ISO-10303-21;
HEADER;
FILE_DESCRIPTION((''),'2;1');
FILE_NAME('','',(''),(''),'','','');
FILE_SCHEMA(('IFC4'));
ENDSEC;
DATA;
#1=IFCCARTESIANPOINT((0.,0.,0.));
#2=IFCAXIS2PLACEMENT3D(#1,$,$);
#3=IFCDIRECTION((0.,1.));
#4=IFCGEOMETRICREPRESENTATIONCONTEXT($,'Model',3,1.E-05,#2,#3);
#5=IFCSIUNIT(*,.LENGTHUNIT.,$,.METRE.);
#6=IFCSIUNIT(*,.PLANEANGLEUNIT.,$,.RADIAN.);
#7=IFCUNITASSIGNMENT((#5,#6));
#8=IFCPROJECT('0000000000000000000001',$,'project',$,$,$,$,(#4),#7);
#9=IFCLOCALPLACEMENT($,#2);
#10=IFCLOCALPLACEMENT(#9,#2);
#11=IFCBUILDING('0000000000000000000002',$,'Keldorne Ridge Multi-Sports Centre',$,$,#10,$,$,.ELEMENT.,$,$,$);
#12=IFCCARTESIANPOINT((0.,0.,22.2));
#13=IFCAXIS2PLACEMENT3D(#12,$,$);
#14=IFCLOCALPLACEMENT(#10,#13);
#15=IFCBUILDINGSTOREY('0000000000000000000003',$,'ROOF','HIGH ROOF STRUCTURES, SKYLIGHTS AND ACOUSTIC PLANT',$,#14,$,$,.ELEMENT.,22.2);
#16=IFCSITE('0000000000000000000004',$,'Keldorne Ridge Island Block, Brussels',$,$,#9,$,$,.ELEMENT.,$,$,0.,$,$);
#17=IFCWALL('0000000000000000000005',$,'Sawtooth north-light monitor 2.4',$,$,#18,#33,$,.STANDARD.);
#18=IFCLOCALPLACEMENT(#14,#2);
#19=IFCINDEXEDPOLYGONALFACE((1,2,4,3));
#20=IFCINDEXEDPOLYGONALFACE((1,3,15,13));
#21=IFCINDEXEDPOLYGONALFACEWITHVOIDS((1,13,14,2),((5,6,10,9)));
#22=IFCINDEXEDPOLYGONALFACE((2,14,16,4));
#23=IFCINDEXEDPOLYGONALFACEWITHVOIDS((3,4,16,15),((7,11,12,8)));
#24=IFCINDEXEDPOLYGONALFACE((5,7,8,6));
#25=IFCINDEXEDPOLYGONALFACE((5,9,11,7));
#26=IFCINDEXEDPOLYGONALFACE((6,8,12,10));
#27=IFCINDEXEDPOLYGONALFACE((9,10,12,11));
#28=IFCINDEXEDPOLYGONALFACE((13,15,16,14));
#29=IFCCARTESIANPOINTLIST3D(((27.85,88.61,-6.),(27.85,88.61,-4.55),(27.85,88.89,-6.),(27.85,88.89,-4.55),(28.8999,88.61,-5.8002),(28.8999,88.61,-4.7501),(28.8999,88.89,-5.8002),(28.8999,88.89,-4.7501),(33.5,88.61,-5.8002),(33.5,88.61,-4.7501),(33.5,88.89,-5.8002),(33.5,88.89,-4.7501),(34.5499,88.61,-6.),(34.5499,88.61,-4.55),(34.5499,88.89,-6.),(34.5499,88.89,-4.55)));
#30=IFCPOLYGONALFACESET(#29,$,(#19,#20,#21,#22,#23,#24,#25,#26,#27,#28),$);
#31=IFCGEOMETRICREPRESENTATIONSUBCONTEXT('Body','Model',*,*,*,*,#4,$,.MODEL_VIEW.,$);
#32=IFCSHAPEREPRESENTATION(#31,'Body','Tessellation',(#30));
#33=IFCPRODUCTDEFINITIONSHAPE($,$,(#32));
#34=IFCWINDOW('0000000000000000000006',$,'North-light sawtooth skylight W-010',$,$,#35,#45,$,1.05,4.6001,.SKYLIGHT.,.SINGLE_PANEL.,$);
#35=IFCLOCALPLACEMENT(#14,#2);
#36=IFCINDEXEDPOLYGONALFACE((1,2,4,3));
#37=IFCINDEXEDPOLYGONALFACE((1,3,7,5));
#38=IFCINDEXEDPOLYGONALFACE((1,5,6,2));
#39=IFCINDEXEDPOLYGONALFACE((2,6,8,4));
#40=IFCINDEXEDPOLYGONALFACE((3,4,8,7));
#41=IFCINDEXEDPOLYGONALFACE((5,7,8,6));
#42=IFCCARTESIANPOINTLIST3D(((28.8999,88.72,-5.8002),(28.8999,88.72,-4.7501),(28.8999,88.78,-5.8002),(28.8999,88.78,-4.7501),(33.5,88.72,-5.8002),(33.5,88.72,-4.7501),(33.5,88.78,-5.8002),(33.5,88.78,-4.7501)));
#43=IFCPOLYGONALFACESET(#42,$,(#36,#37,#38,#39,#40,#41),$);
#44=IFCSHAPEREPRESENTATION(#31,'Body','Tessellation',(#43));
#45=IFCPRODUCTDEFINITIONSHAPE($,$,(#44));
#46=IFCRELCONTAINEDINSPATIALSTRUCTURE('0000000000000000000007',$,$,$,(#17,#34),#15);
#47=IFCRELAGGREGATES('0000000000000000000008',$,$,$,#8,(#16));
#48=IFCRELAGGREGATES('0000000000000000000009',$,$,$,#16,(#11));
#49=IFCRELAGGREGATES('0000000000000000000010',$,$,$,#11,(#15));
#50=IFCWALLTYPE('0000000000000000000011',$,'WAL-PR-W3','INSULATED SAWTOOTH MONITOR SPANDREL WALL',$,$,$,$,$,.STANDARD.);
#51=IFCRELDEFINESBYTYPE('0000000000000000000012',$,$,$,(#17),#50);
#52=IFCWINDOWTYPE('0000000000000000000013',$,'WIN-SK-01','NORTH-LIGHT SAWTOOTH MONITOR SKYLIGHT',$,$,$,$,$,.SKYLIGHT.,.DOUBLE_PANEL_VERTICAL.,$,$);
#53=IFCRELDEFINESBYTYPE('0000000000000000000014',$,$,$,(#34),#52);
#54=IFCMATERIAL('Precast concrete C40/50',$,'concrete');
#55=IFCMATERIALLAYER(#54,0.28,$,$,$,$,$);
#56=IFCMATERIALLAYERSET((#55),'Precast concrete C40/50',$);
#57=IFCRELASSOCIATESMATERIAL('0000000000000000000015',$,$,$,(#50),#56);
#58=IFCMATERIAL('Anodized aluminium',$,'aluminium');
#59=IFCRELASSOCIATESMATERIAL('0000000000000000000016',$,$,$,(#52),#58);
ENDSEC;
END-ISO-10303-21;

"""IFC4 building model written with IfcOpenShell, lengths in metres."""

from ifc_helpers import new_model, si_unit, direction, frame, frame_2d, origin, place, context, subcontext, project, spatial, rectangle, extrude, material, layer, layer_set, type_object, element, fill, save


model = new_model("IFC4")

# Units and contexts
model_context = context("Model", 3, precision=1e-05, world=origin(), true_north=direction((0.0, 1.0)))
body_context = subcontext(model_context, "Body", "Model", "MODEL_VIEW")
ifc_project = project(units=[si_unit("LENGTHUNIT", "METRE"), si_unit("PLANEANGLEUNIT", "RADIAN")], contexts=[model_context])

# Site, building, storey
site_placement = place(None, origin())
site = spatial("IfcSite", under=ifc_project, at=site_placement, Name="Keldorne Ridge Island Block, Brussels", CompositionType="ELEMENT", RefElevation=0.0)
building_placement = place(site_placement, origin())
building = spatial("IfcBuilding", under=site, at=building_placement, Name="Keldorne Ridge Multi-Sports Centre", CompositionType="ELEMENT")
storey_placement = place(building_placement, frame((0.0, 0.0, 22.2)))
storey = spatial("IfcBuildingStorey", under=building, at=storey_placement, Name="ROOF", Description="HIGH ROOF STRUCTURES, SKYLIGHTS AND ACOUSTIC PLANT", CompositionType="ELEMENT", Elevation=22.2)

# Wall, opening, window
ifc_material_1 = material(Name="Precast concrete C40/50", Category="concrete")
ifc_layer = layer(ifc_material_1, 0.28)
ifc_layer_set = layer_set([ifc_layer], Name="Precast concrete C40/50")
wall_type = type_object("IfcWallType", Name="WAL-PR-W3", Description="INSULATED SAWTOOTH MONITOR SPANDREL WALL", PredefinedType="STANDARD", material=ifc_layer_set)
ifc_material_2 = material(Name="Anodized aluminium", Category="aluminium")
wall_1_placement = place(storey_placement, frame((34.55, 88.75, -6.0), z_axis=(0.0, 0.0, 1.0), x_axis=(-1.0, 0.0, 0.0)))
wall_1 = element("IfcWall", 1, at=wall_1_placement, inside=storey, type_object=wall_type, Name="Sawtooth north-light monitor 2.4", PredefinedType="STANDARD", context=body_context, shape_type="SweptSolid", body=[
    extrude(rectangle(XDim=6.7, YDim=0.28, at=frame_2d((3.3501, 0.0))), origin(), (0.0, 0.0, 1.0), 1.45),
])
opening_1_placement = place(wall_1_placement, frame((1.05, 0.0, 0.2)))
opening_1 = element("IfcOpeningElement", 2, at=opening_1_placement, cuts=wall_1, PredefinedType="OPENING", context=body_context, shape_type="SweptSolid", body=[
    extrude(rectangle(XDim=4.6001, YDim=1.05, at=frame_2d((2.3, 0.5249))), frame((0.0, 0.1499, 0.0), z_axis=(0.0, -1.0, 0.0), x_axis=(1.0, 0.0, 0.0)), (0.0, 0.0, 1.0), 0.3),
])
window_type_1 = type_object("IfcWindowType", Name="WIN-SK-01", Description="NORTH-LIGHT SAWTOOTH MONITOR SKYLIGHT", PartitioningType="DOUBLE_PANEL_VERTICAL", PredefinedType="SKYLIGHT", material=ifc_material_2)
window_1_placement = place(opening_1_placement, origin())
window_1 = element("IfcWindow", 3, at=window_1_placement, inside=storey, type_object=window_type_1, Name="North-light sawtooth skylight W-010", OverallHeight=1.05, OverallWidth=4.6001, PartitioningType="SINGLE_PANEL", PredefinedType="SKYLIGHT", context=body_context, shape_type="SweptSolid", body=[
    extrude(rectangle(XDim=4.6001, YDim=1.05, at=frame_2d((2.3, 0.5249))), frame((0.0, 0.03, 0.0), z_axis=(0.0, -1.0, 0.0), x_axis=(1.0, 0.0, 0.0)), (0.0, 0.0, 1.0), 0.0601),
])
fill(opening_1, window_1)

save(model, "model.ifc")
